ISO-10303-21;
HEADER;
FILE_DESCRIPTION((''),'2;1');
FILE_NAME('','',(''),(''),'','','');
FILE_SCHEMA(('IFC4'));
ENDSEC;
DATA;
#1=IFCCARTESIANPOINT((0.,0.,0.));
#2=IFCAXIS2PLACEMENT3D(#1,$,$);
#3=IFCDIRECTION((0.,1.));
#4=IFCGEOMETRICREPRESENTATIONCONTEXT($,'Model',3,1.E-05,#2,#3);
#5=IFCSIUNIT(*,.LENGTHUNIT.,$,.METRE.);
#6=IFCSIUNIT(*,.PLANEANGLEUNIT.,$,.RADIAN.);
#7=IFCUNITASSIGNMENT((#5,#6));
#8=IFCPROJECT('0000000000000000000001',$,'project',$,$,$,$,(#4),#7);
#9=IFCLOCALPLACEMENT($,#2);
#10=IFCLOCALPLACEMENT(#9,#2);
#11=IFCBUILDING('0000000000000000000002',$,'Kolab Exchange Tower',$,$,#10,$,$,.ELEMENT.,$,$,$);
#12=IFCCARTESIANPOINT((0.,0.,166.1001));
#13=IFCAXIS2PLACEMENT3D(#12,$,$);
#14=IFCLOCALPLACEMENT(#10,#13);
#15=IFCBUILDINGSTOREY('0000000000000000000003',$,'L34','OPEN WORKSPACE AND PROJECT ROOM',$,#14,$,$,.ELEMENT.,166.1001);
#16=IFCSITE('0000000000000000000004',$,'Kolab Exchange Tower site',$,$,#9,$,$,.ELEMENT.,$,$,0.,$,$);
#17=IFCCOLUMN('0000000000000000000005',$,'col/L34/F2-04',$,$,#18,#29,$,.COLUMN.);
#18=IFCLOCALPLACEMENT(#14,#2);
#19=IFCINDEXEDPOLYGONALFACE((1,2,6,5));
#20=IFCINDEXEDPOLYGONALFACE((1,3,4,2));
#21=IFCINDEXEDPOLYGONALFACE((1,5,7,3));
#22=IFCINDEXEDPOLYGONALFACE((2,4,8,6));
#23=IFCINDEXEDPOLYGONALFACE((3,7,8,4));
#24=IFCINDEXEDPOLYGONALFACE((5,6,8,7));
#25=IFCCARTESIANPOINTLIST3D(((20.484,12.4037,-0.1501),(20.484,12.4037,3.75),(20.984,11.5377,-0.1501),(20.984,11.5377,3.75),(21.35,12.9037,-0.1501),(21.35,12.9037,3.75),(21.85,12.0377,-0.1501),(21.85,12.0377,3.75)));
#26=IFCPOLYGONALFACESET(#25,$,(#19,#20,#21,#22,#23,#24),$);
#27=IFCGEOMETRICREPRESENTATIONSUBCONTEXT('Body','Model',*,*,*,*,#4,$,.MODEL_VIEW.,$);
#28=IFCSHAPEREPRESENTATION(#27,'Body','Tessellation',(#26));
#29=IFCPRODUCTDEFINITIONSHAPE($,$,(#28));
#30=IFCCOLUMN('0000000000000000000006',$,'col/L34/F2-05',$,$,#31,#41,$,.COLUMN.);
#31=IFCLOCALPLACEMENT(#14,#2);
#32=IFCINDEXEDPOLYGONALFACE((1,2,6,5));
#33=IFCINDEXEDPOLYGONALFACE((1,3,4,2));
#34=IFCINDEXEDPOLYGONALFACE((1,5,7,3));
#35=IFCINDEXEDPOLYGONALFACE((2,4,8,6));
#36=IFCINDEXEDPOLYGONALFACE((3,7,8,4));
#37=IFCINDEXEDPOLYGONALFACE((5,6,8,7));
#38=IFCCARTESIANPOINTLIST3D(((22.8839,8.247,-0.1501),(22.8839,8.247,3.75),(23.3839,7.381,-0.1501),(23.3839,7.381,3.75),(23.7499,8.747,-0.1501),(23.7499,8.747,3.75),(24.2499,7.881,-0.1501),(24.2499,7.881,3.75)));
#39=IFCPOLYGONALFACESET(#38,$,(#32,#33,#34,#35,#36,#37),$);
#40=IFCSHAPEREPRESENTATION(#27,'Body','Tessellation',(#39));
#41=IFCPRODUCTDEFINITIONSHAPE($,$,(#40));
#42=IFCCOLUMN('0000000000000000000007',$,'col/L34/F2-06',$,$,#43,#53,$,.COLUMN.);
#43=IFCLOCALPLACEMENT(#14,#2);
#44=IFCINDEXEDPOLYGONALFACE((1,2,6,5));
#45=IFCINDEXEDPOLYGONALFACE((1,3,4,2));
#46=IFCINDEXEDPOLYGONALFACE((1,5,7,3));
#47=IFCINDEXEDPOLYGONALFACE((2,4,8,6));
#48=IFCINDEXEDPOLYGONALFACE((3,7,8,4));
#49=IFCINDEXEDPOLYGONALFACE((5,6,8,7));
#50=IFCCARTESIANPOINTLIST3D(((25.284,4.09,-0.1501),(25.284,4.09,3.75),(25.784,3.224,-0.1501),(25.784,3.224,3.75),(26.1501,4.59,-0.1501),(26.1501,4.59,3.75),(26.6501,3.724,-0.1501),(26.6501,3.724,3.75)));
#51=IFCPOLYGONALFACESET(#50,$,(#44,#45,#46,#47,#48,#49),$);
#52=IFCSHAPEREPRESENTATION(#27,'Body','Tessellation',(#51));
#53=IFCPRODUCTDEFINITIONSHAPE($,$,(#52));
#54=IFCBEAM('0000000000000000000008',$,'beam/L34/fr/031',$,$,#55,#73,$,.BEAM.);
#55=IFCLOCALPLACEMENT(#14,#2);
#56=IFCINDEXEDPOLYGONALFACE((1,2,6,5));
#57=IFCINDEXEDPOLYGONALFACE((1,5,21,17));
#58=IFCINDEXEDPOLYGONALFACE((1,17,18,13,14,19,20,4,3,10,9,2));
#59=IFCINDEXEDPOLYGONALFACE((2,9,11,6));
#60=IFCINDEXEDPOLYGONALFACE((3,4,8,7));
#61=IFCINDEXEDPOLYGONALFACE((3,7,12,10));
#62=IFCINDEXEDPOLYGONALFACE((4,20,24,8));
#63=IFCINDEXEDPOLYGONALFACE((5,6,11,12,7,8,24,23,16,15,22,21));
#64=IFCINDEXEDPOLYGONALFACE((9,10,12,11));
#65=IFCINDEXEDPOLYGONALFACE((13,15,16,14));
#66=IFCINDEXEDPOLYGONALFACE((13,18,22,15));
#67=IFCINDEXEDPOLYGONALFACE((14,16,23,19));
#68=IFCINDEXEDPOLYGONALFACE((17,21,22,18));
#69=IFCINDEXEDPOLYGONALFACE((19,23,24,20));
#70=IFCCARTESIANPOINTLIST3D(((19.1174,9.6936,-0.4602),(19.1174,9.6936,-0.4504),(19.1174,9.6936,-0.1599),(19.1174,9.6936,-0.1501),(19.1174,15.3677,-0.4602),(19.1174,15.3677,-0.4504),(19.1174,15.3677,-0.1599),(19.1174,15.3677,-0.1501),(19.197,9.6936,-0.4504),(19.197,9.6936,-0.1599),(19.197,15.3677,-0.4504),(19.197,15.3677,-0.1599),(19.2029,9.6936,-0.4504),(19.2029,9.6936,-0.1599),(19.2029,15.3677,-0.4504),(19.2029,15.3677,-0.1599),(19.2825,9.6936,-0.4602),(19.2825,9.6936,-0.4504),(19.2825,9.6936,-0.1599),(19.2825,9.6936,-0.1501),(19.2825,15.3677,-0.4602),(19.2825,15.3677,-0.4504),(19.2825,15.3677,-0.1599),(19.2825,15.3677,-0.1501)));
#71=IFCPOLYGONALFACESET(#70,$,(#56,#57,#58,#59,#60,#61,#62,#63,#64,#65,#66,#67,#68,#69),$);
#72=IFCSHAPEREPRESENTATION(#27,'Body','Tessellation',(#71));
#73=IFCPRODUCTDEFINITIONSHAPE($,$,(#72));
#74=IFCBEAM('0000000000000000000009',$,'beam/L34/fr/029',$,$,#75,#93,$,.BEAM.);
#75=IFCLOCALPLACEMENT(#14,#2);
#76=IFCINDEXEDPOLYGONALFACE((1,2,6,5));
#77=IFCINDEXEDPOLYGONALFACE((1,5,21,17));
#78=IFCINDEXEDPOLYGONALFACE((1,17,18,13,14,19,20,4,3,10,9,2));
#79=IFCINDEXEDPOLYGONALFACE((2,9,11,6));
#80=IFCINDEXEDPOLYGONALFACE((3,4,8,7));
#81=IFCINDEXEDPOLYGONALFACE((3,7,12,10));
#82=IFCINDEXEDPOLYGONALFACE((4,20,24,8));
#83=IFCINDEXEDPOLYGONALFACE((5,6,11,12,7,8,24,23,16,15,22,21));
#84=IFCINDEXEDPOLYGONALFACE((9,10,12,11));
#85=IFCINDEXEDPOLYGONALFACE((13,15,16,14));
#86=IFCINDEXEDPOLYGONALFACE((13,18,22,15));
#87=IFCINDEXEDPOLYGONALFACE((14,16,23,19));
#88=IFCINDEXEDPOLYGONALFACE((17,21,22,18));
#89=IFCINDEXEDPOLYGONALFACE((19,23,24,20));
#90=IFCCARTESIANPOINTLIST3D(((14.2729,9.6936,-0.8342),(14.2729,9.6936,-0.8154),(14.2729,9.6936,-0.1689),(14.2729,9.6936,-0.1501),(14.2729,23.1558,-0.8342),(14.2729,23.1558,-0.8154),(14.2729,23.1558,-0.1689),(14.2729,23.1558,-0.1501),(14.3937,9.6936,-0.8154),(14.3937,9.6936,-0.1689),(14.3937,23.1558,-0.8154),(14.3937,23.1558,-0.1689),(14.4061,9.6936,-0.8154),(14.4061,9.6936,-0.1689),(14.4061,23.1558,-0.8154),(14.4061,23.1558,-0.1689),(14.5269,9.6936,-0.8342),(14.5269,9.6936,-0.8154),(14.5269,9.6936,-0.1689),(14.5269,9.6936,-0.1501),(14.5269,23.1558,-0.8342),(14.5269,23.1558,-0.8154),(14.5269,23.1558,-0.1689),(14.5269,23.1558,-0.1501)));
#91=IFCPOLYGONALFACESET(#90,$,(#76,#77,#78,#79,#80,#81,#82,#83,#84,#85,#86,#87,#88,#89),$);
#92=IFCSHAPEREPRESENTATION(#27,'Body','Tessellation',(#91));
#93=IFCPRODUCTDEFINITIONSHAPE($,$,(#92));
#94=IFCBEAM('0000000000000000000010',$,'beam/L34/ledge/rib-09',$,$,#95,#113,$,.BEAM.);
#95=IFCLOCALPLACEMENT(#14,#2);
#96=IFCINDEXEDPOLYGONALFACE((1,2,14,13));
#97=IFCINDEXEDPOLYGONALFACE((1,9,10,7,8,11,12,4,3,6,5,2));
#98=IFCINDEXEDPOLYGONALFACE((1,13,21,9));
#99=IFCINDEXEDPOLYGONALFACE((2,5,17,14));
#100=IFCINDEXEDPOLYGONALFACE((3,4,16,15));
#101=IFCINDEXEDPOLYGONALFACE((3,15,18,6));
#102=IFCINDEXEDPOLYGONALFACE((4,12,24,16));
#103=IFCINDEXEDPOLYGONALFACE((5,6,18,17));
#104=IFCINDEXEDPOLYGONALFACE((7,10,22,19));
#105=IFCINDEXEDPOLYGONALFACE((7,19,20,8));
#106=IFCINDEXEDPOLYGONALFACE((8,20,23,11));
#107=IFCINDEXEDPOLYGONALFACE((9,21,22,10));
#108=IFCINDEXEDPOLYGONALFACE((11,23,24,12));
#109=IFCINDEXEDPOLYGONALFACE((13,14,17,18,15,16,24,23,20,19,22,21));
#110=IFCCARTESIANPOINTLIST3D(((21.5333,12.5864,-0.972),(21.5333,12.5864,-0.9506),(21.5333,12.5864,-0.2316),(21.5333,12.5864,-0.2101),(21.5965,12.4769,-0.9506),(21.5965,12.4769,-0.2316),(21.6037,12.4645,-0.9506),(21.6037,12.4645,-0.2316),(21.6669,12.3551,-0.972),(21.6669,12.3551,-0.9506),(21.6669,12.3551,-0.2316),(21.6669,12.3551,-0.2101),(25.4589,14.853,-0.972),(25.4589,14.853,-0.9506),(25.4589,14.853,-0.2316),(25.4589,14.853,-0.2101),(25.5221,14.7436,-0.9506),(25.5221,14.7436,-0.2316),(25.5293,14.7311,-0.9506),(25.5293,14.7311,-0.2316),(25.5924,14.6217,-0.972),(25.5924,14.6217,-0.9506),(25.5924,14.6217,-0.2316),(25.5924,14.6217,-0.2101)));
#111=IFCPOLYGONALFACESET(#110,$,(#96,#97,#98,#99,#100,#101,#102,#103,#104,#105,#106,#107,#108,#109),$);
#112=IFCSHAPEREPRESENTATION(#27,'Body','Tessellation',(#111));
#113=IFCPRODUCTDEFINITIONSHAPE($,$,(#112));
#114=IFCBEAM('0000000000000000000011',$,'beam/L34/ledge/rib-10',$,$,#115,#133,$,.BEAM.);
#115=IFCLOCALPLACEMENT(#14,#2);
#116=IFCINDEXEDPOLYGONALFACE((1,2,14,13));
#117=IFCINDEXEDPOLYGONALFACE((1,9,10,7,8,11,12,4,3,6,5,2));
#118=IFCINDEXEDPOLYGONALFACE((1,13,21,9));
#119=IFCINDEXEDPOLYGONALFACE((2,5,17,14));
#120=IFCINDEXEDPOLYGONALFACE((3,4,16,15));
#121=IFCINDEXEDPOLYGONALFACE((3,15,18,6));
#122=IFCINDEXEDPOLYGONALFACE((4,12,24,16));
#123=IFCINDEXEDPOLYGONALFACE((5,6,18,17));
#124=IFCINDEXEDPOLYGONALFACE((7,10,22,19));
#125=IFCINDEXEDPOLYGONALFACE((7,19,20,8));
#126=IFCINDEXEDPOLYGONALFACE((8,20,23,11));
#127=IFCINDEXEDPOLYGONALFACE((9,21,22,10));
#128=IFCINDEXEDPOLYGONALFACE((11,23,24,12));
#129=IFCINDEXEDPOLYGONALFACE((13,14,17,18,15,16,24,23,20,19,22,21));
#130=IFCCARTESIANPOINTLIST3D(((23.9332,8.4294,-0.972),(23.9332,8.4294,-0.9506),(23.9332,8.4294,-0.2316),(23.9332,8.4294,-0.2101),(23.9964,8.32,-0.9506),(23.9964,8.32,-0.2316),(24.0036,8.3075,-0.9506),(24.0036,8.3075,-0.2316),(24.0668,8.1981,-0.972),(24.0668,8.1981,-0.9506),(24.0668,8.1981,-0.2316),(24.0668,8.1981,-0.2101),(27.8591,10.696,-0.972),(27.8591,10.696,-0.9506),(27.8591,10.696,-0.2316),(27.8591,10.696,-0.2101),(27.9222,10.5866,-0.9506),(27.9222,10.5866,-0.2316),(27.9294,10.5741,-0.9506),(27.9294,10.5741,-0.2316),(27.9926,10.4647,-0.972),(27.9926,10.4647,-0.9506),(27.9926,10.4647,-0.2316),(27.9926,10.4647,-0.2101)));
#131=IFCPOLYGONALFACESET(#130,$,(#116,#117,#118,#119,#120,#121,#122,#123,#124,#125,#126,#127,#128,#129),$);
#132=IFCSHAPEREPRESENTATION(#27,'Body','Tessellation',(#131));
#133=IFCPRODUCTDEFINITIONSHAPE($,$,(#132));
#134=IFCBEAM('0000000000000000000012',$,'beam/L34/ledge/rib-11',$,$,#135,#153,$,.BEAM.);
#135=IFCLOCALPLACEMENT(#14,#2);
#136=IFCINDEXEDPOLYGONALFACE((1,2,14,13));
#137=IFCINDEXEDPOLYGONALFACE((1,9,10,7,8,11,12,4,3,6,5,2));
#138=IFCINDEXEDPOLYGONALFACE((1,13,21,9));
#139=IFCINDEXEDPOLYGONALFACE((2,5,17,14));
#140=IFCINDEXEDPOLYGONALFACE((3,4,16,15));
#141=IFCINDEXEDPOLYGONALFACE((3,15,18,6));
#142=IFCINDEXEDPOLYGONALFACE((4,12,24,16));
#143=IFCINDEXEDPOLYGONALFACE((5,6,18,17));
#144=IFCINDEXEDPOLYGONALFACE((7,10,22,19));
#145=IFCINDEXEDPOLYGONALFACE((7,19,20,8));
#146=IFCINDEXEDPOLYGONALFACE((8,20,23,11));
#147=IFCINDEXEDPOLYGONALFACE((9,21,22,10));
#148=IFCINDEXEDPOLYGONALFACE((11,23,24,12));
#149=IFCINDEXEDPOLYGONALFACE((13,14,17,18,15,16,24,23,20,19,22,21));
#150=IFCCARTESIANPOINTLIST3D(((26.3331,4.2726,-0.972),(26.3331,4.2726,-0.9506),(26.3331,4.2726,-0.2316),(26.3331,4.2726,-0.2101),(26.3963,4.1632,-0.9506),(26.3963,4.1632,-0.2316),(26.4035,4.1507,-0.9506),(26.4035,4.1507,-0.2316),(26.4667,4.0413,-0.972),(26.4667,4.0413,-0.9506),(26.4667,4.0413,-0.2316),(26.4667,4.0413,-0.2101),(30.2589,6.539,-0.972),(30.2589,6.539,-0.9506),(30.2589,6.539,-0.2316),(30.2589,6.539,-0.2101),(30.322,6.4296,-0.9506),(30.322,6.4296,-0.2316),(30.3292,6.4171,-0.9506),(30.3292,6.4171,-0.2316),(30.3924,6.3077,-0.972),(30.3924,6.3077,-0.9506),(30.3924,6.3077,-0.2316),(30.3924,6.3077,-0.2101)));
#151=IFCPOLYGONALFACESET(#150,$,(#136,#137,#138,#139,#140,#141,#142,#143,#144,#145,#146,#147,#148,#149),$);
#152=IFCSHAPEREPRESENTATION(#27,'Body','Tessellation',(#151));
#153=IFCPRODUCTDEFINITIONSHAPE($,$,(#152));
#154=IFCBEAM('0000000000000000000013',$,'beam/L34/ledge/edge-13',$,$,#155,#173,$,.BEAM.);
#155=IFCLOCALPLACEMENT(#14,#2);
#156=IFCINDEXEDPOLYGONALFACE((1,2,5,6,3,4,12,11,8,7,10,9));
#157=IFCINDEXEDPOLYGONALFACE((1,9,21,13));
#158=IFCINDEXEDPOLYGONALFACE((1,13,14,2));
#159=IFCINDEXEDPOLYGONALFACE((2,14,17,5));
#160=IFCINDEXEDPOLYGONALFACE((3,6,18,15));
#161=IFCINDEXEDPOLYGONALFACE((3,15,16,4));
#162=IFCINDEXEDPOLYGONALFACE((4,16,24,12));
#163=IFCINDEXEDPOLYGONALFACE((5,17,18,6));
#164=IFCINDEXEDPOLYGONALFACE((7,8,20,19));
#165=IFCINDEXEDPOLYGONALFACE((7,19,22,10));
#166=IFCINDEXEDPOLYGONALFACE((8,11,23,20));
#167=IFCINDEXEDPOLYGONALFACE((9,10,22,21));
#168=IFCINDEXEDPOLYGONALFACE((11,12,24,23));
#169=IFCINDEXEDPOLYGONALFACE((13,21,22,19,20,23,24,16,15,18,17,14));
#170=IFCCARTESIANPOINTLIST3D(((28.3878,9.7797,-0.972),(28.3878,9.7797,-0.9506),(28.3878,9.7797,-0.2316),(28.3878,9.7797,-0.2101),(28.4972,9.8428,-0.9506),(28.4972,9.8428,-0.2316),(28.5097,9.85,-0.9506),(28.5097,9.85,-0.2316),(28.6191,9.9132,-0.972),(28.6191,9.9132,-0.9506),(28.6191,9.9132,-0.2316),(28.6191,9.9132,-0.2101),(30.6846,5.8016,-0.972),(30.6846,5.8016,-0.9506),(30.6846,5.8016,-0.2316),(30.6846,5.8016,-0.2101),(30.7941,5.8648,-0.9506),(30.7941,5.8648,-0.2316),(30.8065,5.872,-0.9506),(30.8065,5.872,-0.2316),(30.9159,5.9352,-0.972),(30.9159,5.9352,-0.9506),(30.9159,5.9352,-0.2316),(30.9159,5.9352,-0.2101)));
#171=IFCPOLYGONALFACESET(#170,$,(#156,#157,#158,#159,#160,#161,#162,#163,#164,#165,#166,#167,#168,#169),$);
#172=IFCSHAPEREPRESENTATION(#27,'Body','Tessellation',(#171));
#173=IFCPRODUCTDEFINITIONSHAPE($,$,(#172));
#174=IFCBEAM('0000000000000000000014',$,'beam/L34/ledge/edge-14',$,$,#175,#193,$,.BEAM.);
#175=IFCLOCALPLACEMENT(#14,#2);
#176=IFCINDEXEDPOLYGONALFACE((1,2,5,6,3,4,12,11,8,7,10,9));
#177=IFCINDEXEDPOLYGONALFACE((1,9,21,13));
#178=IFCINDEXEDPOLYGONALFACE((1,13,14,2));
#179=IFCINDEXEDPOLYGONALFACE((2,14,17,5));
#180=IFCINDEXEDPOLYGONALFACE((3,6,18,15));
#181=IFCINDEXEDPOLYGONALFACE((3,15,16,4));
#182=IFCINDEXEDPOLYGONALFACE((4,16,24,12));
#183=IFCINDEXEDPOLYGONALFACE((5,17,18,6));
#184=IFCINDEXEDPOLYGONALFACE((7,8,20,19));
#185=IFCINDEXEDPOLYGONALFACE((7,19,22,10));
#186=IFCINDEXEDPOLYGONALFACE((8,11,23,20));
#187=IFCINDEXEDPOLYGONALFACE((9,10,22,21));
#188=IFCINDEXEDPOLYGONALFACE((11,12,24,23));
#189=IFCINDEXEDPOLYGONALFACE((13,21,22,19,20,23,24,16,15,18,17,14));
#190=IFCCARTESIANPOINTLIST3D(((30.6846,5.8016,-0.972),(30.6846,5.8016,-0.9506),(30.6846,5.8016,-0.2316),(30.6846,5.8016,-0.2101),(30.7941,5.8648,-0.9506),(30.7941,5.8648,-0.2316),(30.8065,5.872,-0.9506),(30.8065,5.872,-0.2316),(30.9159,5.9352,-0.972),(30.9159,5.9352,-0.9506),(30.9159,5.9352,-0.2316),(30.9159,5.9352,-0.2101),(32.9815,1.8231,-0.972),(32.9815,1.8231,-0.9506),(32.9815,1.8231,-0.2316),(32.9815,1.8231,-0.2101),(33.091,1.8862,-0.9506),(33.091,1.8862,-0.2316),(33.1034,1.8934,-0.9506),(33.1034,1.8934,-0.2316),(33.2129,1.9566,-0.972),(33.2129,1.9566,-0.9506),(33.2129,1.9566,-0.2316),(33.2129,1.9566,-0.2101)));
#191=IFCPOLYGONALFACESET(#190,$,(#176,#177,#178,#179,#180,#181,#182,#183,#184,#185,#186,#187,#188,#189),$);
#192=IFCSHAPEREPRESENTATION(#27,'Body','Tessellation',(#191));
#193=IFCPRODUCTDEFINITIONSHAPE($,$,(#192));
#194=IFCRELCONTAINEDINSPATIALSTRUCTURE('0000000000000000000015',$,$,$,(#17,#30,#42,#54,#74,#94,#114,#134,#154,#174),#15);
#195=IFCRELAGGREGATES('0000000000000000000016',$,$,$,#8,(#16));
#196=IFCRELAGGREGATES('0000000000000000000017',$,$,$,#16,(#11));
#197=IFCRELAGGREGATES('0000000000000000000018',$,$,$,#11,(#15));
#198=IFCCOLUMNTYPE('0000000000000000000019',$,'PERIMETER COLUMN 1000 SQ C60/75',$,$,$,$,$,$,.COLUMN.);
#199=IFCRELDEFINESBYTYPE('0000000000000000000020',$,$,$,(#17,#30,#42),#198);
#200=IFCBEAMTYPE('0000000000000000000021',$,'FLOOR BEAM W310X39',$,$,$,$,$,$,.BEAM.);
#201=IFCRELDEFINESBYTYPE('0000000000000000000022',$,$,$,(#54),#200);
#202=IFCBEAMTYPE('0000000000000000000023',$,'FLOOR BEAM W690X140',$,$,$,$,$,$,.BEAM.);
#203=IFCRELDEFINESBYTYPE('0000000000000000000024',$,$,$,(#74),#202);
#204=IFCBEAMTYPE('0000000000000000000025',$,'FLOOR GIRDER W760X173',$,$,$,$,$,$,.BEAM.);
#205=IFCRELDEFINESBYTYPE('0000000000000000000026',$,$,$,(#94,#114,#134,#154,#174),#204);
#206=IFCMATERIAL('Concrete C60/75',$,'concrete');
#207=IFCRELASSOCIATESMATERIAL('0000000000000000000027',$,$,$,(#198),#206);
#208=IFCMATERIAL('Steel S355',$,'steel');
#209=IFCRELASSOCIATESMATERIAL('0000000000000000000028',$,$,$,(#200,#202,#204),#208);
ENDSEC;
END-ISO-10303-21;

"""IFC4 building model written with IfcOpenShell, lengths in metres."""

from ifc_helpers import new_model, si_unit, direction, frame, origin, origin_2d, place, context, subcontext, project, spatial, rectangle, i_section, extrude, material, material_profile, profile_set, type_object, element, save


model = new_model("IFC4")

# Units and contexts
model_context = context("Model", 3, precision=1e-05, world=origin(), true_north=direction((0.0, 1.0)))
body_context = subcontext(model_context, "Body", "Model", "MODEL_VIEW")
ifc_project = project(units=[si_unit("LENGTHUNIT", "METRE"), si_unit("PLANEANGLEUNIT", "RADIAN")], contexts=[model_context])

# Site, building, storey
site_placement = place(None, origin())
site = spatial("IfcSite", under=ifc_project, at=site_placement, Name="Kolab Exchange Tower site", CompositionType="ELEMENT", RefElevation=0.0)
building_placement = place(site_placement, origin())
building = spatial("IfcBuilding", under=site, at=building_placement, Name="Kolab Exchange Tower", CompositionType="ELEMENT")
storey_placement = place(building_placement, frame((0.0, 0.0, 166.1001)))
storey = spatial("IfcBuildingStorey", under=building, at=storey_placement, Name="L34", Description="OPEN WORKSPACE AND PROJECT ROOM", CompositionType="ELEMENT", Elevation=166.1001)

# Columns
ifc_material_1 = material(Name="Concrete C60/75", Category="concrete")
ifc_material_profile_1 = material_profile(ifc_material_1, rectangle(XDim=1.0, YDim=1.0, at=origin_2d()), Name="RC1000")
ifc_profile_set_1 = profile_set([ifc_material_profile_1], Name="Concrete C60/75")
column_type = type_object("IfcColumnType", Name="PERIMETER COLUMN 1000 SQ C60/75", PredefinedType="COLUMN", material=ifc_profile_set_1)
for number, where, z_axis, x_axis, name in (
    (1, (21.167, 12.2207, -0.1501), (0.0, 0.0, 1.0), (0.866025, 0.5, 0.0), "col/L34/F2-04"),
    (2, (23.5669, 8.064, -0.1501), (0.0, 0.0, 1.0), (0.866025, 0.5, 0.0), "col/L34/F2-05"),
    (3, (25.967, 3.907, -0.1501), (0.0, 0.0, 1.0), (0.866025, 0.5, 0.0), "col/L34/F2-06"),
):
    element("IfcColumn", number, at=place(storey_placement, frame(where, z_axis=z_axis, x_axis=x_axis)), inside=storey, type_object=column_type, Name=name, PredefinedType="COLUMN", context=body_context, shape_type="SweptSolid", body=[
        extrude(rectangle(XDim=1.0, YDim=1.0, at=origin_2d()), origin(), (0.0, 0.0, 1.0), 3.9001),
    ])

# Beams
ifc_material_2 = material(Name="Steel S355", Category="steel")
ifc_material_profile_2 = material_profile(ifc_material_2, i_section(OverallWidth=0.165, OverallDepth=0.3101, WebThickness=0.0059, FlangeThickness=0.0098, at=origin_2d()), Name="W310X39")
ifc_profile_set_2 = profile_set([ifc_material_profile_2], Name="Steel S355")
beam_type_1 = type_object("IfcBeamType", Name="FLOOR BEAM W310X39", PredefinedType="BEAM", material=ifc_profile_set_2)
beam_1_placement = place(storey_placement, frame((19.2, 9.6936, -0.3052), z_axis=(0.0, 1.0, 0.0), x_axis=(-1.0, 0.0, 0.0)))
element("IfcBeam", 4, at=beam_1_placement, inside=storey, type_object=beam_type_1, Name="beam/L34/fr/031", PredefinedType="BEAM", context=body_context, shape_type="SweptSolid", body=[
    extrude(i_section(OverallWidth=0.165, OverallDepth=0.3101, WebThickness=0.0059, FlangeThickness=0.0098, at=origin_2d()), origin(), (0.0, 0.0, 1.0), 5.6741),
])
ifc_material_profile_3 = material_profile(ifc_material_2, i_section(OverallWidth=0.2539, OverallDepth=0.6841, WebThickness=0.0125, FlangeThickness=0.0188, at=origin_2d()), Name="W690X140")
ifc_profile_set_3 = profile_set([ifc_material_profile_3], Name="Steel S355")
beam_type_2 = type_object("IfcBeamType", Name="FLOOR BEAM W690X140", PredefinedType="BEAM", material=ifc_profile_set_3)
beam_2_placement = place(storey_placement, frame((14.3999, 9.6936, -0.4922), z_axis=(0.0, 1.0, 0.0), x_axis=(-1.0, 0.0, 0.0)))
element("IfcBeam", 5, at=beam_2_placement, inside=storey, type_object=beam_type_2, Name="beam/L34/fr/029", PredefinedType="BEAM", context=body_context, shape_type="SweptSolid", body=[
    extrude(i_section(OverallWidth=0.2539, OverallDepth=0.6841, WebThickness=0.0125, FlangeThickness=0.0188, at=origin_2d()), origin(), (0.0, 0.0, 1.0), 13.4622),
])
ifc_material_profile_4 = material_profile(ifc_material_2, i_section(OverallWidth=0.2671, OverallDepth=0.762, WebThickness=0.0144, FlangeThickness=0.0215, at=origin_2d()), Name="W760X173")
ifc_profile_set_4 = profile_set([ifc_material_profile_4], Name="Steel S355")
beam_type_3 = type_object("IfcBeamType", Name="FLOOR GIRDER W760X173", PredefinedType="BEAM", material=ifc_profile_set_4)
beam_3_placement = place(storey_placement, frame((21.6001, 12.4707, -0.5911), z_axis=(0.866007, 0.500032, 0.0), x_axis=(-0.500032, 0.866007, 0.0)))
element("IfcBeam", 6, at=beam_3_placement, inside=storey, type_object=beam_type_3, Name="beam/L34/ledge/rib-09", PredefinedType="BEAM", context=body_context, shape_type="SweptSolid", body=[
    extrude(i_section(OverallWidth=0.2671, OverallDepth=0.762, WebThickness=0.0144, FlangeThickness=0.0215, at=origin_2d()), origin(), (0.0, 0.0, 1.0), 4.533),
])
beam_4_placement = place(storey_placement, frame((24.0, 8.3137, -0.5911), z_axis=(0.866021, 0.500008, 0.0), x_axis=(-0.500008, 0.866021, 0.0)))
element("IfcBeam", 7, at=beam_4_placement, inside=storey, type_object=beam_type_3, Name="beam/L34/ledge/rib-10", PredefinedType="BEAM", context=body_context, shape_type="SweptSolid", body=[
    extrude(i_section(OverallWidth=0.2671, OverallDepth=0.762, WebThickness=0.0144, FlangeThickness=0.0215, at=origin_2d()), origin(), (0.0, 0.0, 1.0), 4.5332),
])
beam_5_placement = place(storey_placement, frame((26.3999, 4.157, -0.5911), z_axis=(0.866044, 0.499968, 0.0), x_axis=(-0.499968, 0.866044, 0.0)))
element("IfcBeam", 8, at=beam_5_placement, inside=storey, type_object=beam_type_3, Name="beam/L34/ledge/rib-11", PredefinedType="BEAM", context=body_context, shape_type="SweptSolid", body=[
    extrude(i_section(OverallWidth=0.2671, OverallDepth=0.762, WebThickness=0.0144, FlangeThickness=0.0215, at=origin_2d()), origin(), (0.0, 0.0, 1.0), 4.533),
])
beam_6_placement = place(storey_placement, frame((28.5034, 9.8464, -0.5911), z_axis=(0.500026, -0.86601, 0.0), x_axis=(0.86601, 0.500026, 0.0)))
element("IfcBeam", 9, at=beam_6_placement, inside=storey, type_object=beam_type_3, Name="beam/L34/ledge/edge-13", PredefinedType="BEAM", context=body_context, shape_type="SweptSolid", body=[
    extrude(i_section(OverallWidth=0.2671, OverallDepth=0.762, WebThickness=0.0144, FlangeThickness=0.0215, at=origin_2d()), origin(), (0.0, 0.0, 1.0), 4.5935),
])
beam_7_placement = place(storey_placement, frame((30.8003, 5.8684, -0.5911), z_axis=(0.49998, -0.866037, 0.0), x_axis=(0.866037, 0.49998, 0.0)))
element("IfcBeam", 10, at=beam_7_placement, inside=storey, type_object=beam_type_3, Name="beam/L34/ledge/edge-14", PredefinedType="BEAM", context=body_context, shape_type="SweptSolid", body=[
    extrude(i_section(OverallWidth=0.2671, OverallDepth=0.762, WebThickness=0.0144, FlangeThickness=0.0215, at=origin_2d()), origin(), (0.0, 0.0, 1.0), 4.594),
])

save(model, "model.ifc")
